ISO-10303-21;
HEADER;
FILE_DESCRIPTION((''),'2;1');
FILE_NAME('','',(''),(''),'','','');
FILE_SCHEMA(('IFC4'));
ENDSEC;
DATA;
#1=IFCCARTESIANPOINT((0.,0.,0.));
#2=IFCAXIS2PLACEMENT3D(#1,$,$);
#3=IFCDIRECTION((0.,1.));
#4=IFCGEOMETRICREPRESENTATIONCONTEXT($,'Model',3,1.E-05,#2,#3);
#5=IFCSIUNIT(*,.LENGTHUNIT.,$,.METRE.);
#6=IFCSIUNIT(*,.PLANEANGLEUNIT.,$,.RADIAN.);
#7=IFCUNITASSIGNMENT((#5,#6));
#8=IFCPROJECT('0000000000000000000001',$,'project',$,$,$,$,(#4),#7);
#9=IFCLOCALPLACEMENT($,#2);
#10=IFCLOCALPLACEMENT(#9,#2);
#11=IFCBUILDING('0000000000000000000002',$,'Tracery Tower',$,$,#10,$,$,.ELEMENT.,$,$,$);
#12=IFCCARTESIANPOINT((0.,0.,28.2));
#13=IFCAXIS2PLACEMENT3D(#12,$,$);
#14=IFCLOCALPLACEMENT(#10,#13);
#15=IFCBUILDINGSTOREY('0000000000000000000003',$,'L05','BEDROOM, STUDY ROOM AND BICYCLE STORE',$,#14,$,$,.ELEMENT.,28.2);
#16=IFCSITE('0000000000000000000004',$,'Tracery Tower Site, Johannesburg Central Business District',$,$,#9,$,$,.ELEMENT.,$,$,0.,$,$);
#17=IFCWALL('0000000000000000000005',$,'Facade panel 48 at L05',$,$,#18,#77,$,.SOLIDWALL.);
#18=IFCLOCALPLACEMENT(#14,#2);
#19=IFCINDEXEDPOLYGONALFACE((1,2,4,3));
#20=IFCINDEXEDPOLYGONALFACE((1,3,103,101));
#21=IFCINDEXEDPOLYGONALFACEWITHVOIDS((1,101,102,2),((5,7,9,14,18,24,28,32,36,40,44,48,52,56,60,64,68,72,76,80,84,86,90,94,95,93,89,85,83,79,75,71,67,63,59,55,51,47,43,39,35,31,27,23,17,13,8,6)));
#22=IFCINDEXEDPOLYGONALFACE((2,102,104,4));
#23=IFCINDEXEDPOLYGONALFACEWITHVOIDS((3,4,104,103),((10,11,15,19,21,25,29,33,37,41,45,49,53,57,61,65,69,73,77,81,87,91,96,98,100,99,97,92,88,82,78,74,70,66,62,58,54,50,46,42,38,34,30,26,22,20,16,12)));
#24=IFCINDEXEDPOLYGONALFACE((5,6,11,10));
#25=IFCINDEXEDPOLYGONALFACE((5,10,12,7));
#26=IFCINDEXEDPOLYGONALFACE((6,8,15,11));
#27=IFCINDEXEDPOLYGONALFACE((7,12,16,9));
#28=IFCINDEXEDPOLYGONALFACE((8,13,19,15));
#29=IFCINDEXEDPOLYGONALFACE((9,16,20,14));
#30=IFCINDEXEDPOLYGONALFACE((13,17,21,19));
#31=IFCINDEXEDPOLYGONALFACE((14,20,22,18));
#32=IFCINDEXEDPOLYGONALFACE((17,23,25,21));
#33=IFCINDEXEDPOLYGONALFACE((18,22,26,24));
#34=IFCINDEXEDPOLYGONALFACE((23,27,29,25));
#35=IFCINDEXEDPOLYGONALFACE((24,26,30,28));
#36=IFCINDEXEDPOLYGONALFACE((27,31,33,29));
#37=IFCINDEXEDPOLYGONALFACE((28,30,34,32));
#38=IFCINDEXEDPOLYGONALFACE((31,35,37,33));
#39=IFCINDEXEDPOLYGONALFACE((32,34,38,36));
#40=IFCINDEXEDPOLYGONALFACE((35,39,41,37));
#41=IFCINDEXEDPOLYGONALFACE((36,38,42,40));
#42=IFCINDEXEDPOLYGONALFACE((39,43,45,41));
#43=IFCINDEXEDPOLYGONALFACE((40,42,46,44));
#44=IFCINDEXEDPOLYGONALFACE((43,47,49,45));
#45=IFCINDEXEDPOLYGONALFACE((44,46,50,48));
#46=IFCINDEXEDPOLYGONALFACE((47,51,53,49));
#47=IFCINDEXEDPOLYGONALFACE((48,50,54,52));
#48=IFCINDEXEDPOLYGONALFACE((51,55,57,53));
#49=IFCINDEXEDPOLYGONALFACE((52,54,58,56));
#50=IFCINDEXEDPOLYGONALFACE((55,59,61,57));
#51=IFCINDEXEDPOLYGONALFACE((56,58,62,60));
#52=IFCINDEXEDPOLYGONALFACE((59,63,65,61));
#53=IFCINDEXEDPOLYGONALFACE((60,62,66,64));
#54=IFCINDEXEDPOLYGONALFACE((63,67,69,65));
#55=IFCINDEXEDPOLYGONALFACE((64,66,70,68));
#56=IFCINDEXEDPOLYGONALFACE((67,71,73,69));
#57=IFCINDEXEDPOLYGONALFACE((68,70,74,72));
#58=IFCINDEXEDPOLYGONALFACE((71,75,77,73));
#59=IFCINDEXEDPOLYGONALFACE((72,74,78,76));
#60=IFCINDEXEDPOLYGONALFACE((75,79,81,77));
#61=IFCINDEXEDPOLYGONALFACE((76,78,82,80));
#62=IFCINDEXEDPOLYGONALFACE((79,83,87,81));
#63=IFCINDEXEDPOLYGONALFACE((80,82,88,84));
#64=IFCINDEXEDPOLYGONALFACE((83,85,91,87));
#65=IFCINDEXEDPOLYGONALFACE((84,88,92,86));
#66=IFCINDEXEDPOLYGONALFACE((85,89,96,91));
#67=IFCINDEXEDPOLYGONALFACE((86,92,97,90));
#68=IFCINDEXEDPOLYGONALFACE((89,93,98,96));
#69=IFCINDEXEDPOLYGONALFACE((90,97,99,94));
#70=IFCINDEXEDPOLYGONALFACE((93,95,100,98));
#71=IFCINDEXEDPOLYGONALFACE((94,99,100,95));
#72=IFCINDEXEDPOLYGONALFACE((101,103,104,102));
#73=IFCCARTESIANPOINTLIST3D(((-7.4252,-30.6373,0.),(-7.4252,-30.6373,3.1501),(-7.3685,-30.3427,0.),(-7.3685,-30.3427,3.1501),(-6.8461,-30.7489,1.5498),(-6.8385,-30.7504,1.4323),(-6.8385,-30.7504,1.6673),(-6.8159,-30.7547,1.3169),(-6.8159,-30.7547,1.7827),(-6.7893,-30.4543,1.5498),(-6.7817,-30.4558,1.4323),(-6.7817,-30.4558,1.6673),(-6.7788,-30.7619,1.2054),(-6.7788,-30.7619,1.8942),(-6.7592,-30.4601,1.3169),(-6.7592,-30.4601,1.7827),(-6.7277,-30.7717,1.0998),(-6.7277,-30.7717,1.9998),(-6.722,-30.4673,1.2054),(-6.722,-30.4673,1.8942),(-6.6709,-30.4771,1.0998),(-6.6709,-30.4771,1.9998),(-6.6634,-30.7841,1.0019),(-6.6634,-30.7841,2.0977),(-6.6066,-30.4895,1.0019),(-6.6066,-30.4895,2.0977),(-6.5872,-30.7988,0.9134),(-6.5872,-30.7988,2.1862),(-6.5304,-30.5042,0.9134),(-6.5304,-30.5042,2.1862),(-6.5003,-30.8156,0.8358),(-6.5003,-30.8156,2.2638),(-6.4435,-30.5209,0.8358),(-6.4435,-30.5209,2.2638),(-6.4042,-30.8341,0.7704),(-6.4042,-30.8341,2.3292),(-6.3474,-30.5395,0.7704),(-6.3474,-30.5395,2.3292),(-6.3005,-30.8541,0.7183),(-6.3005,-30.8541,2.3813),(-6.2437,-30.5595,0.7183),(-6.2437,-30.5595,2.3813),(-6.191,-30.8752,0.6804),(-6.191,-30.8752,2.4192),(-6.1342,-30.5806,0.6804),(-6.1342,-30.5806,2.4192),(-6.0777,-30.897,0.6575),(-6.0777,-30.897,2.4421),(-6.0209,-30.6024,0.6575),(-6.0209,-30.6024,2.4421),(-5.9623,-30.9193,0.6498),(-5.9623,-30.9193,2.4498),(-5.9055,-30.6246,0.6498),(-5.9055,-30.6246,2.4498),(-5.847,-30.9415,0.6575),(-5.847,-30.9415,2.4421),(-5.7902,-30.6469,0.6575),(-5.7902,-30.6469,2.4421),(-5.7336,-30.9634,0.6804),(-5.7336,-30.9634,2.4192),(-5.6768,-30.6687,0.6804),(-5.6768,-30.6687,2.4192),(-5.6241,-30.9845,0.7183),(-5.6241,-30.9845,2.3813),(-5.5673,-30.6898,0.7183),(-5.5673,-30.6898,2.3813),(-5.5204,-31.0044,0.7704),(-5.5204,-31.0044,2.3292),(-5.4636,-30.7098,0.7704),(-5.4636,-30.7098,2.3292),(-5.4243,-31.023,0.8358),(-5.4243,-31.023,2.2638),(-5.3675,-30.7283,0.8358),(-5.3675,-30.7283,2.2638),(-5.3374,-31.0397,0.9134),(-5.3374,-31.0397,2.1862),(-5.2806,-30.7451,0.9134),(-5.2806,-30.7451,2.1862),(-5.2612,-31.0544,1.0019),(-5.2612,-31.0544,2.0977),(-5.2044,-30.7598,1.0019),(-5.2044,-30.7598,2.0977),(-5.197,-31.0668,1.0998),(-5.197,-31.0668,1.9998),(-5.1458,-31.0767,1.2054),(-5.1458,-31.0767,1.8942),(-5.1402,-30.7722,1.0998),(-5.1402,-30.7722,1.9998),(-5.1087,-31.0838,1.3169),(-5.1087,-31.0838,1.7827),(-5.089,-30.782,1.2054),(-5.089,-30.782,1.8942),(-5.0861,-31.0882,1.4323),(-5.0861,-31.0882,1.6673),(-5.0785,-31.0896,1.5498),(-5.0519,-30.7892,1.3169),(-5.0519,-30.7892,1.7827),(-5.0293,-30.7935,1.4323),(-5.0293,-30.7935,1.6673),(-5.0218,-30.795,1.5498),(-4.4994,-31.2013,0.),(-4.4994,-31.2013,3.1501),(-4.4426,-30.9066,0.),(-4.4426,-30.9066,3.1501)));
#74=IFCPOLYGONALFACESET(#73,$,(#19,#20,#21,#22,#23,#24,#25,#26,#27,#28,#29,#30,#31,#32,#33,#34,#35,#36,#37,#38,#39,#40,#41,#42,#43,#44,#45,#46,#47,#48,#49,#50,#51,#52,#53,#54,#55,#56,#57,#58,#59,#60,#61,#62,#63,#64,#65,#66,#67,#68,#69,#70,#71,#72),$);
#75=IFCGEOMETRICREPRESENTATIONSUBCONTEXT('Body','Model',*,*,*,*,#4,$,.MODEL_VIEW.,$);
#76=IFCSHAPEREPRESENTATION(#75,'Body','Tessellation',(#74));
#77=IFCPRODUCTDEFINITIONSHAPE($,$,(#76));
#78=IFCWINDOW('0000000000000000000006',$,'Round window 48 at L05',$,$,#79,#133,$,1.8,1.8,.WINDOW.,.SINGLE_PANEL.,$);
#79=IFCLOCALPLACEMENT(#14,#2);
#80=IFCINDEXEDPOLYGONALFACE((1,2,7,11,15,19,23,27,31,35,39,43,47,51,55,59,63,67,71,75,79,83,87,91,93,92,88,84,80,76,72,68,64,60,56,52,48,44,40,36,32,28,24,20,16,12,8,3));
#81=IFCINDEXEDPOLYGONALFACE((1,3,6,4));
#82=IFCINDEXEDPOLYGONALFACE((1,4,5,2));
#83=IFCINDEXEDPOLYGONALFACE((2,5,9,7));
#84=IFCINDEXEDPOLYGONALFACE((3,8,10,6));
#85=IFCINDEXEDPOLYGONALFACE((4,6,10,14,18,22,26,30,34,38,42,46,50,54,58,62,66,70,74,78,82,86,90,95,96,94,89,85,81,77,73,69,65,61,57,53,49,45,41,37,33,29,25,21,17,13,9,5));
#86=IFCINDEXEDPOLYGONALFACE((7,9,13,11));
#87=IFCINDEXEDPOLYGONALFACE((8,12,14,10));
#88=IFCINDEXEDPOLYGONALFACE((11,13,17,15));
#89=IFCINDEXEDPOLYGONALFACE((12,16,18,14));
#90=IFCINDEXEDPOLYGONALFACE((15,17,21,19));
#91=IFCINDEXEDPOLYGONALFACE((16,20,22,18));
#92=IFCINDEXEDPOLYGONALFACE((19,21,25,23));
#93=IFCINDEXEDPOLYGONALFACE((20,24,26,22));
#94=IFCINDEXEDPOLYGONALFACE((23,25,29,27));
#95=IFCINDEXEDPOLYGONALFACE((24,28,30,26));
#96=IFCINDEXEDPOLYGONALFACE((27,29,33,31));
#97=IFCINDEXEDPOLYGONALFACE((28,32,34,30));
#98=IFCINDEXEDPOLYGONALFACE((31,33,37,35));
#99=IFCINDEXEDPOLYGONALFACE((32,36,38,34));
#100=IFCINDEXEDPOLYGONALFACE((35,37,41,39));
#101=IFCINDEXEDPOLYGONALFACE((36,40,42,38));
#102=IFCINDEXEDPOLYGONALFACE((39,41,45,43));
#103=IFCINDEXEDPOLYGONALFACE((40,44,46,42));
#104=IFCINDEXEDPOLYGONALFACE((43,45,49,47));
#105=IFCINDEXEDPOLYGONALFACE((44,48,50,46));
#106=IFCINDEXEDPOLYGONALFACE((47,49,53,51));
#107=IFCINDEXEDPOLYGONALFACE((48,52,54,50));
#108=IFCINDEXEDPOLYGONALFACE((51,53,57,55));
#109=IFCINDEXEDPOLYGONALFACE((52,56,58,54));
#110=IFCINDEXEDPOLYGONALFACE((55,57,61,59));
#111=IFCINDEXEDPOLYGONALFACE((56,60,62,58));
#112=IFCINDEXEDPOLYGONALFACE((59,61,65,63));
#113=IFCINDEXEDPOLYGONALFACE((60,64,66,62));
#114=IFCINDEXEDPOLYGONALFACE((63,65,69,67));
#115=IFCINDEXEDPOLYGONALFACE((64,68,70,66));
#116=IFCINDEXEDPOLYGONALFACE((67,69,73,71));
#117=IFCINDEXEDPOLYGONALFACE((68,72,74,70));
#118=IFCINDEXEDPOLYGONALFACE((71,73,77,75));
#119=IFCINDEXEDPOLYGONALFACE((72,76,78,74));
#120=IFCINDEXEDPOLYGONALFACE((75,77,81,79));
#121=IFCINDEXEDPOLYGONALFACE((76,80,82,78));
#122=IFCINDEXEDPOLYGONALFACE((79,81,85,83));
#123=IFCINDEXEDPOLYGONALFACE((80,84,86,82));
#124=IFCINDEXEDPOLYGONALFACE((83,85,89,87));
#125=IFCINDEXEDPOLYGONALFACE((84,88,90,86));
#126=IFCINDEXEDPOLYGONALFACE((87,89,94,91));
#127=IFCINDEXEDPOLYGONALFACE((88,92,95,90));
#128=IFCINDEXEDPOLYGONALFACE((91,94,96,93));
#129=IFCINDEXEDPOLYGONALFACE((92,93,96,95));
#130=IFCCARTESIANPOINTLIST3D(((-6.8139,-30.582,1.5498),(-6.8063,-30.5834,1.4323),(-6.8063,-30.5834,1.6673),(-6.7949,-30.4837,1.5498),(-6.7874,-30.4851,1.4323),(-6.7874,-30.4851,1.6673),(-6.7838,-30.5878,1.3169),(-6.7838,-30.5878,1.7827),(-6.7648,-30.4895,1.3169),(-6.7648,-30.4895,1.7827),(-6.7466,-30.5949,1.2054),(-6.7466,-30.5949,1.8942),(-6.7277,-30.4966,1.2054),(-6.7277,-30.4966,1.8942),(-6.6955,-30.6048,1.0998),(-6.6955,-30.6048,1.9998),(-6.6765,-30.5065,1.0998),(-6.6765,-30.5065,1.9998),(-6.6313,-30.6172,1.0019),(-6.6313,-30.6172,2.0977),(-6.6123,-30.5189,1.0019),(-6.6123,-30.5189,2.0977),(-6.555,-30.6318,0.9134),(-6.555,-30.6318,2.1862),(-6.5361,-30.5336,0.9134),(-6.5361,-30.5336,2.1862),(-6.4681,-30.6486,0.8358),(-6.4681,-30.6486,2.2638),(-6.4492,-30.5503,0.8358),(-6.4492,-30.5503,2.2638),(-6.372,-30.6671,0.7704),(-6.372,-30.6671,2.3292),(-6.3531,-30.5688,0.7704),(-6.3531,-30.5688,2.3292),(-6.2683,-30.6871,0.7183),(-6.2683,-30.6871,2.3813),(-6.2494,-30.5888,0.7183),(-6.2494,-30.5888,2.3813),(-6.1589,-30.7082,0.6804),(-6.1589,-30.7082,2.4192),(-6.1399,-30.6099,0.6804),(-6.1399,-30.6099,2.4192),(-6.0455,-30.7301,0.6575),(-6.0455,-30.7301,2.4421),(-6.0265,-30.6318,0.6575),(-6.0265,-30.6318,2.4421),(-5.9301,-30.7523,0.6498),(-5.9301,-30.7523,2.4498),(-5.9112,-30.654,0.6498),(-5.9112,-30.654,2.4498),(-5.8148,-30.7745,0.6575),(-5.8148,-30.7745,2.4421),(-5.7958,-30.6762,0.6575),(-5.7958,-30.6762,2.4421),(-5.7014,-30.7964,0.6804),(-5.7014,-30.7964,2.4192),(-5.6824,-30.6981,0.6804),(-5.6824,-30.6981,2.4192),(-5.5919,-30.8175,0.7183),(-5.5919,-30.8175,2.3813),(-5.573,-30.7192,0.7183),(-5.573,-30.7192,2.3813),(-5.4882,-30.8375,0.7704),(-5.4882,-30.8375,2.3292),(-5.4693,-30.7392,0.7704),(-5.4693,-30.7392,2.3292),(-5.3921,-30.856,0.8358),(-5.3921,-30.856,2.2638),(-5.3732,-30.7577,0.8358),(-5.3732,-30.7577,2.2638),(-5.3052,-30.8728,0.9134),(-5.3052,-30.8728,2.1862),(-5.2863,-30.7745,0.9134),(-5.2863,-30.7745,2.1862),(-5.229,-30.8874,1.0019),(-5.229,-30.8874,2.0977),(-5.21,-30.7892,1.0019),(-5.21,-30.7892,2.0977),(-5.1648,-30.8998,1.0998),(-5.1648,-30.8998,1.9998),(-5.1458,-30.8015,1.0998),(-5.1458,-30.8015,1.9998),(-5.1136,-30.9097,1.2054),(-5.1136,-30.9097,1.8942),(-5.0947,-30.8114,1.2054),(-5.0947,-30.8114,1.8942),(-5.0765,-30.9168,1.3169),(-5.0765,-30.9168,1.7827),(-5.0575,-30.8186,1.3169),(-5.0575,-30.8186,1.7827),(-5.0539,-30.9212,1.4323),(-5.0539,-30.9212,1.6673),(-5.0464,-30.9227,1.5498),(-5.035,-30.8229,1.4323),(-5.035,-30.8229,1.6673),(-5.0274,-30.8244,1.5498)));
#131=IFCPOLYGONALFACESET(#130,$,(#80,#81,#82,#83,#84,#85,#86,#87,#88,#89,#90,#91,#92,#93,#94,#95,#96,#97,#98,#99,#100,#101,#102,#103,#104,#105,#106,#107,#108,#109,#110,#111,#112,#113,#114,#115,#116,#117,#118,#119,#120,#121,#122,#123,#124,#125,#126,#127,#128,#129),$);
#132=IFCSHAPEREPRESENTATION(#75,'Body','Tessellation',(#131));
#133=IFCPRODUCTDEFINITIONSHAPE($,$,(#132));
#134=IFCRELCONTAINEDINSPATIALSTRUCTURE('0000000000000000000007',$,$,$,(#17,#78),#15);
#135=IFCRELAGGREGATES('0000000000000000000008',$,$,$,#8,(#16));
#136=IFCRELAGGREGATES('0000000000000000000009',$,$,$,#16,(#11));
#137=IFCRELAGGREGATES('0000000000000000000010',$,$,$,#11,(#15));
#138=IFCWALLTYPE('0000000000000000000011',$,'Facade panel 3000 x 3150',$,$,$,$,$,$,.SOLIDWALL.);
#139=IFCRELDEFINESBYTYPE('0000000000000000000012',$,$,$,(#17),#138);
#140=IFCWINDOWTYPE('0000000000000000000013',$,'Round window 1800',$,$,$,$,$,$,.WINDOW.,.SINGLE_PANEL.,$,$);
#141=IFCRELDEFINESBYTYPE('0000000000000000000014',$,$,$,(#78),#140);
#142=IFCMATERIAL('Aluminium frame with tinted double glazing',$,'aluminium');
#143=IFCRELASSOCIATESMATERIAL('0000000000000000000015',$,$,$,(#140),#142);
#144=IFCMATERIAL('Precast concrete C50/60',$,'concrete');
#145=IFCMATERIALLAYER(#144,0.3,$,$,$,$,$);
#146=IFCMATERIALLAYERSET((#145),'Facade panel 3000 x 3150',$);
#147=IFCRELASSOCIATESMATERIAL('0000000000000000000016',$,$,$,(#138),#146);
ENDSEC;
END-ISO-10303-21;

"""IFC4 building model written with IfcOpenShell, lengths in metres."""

from ifc_helpers import new_model, si_unit, direction, frame, frame_2d, origin, origin_2d, place, context, subcontext, project, spatial, rectangle, circle, extrude, material, layer, layer_set, type_object, element, fill, save


model = new_model("IFC4")

# Units and contexts
model_context = context("Model", 3, precision=1e-05, world=origin(), true_north=direction((0.0, 1.0)))
body_context = subcontext(model_context, "Body", "Model", "MODEL_VIEW")
ifc_project = project(units=[si_unit("LENGTHUNIT", "METRE"), si_unit("PLANEANGLEUNIT", "RADIAN")], contexts=[model_context])

# Site, building, storey
site_placement = place(None, origin())
site = spatial("IfcSite", under=ifc_project, at=site_placement, Name="Tracery Tower Site, Johannesburg Central Business District", CompositionType="ELEMENT", RefElevation=0.0)
building_placement = place(site_placement, origin())
building = spatial("IfcBuilding", under=site, at=building_placement, Name="Tracery Tower", CompositionType="ELEMENT")
storey_placement = place(building_placement, frame((0.0, 0.0, 28.2)))
storey = spatial("IfcBuildingStorey", under=building, at=storey_placement, Name="L05", Description="BEDROOM, STUDY ROOM AND BICYCLE STORE", CompositionType="ELEMENT", Elevation=28.2)

# Wall, opening, window
ifc_material_1 = material(Name="Aluminium frame with tinted double glazing", Category="aluminium")
window_type = type_object("IfcWindowType", Name="Round window 1800", PartitioningType="SINGLE_PANEL", PredefinedType="WINDOW", material=ifc_material_1)
ifc_material_2 = material(Name="Precast concrete C50/60", Category="concrete")
ifc_layer_1 = layer(ifc_material_2, 0.3)
ifc_layer_set_1 = layer_set([ifc_layer_1], Name="Facade panel 3000 x 3150")
wall_type_1 = type_object("IfcWallType", Name="Facade panel 3000 x 3150", PredefinedType="SOLIDWALL", material=ifc_layer_set_1)
wall_1_placement = place(storey_placement, frame((-7.3967, -30.49, 0.0), z_axis=(0.0, 0.0, 1.0), x_axis=(0.981925, -0.189273, 0.0)))
wall_1 = element("IfcWall", 1, at=wall_1_placement, inside=storey, type_object=wall_type_1, Name="Facade panel 48 at L05", PredefinedType="SOLIDWALL", context=body_context, shape_type="SweptSolid", body=[
    extrude(rectangle(XDim=2.9797, YDim=0.3, at=frame_2d((1.4897, 0.0))), origin(), (0.0, 0.0, 1.0), 3.1501),
])
opening_1_placement = place(wall_1_placement, frame((1.4897, 0.0, 1.5498)))
opening_1 = element("IfcOpeningElement", 2, at=opening_1_placement, cuts=wall_1, PredefinedType="OPENING", context=body_context, shape_type="SweptSolid", body=[
    extrude(circle(Radius=0.9, at=origin_2d()), frame((0.0, 0.1599, 0.0), z_axis=(0.0, -1.0, 0.0), x_axis=(1.0, 0.0, 0.0)), (0.0, 0.0, 1.0), 0.3201),
])
window_1_placement = place(opening_1_placement, origin())
window_1 = element("IfcWindow", 3, at=window_1_placement, inside=storey, type_object=window_type, Name="Round window 48 at L05", OverallHeight=1.8, OverallWidth=1.8, PartitioningType="SINGLE_PANEL", PredefinedType="WINDOW", context=body_context, shape_type="SweptSolid", body=[
    extrude(circle(Radius=0.9, at=origin_2d()), frame((0.0, 0.1201, 0.0), z_axis=(0.0, -1.0, 0.0), x_axis=(1.0, 0.0, 0.0)), (0.0, 0.0, 1.0), 0.1001),
])
fill(opening_1, window_1)

save(model, "model.ifc")
